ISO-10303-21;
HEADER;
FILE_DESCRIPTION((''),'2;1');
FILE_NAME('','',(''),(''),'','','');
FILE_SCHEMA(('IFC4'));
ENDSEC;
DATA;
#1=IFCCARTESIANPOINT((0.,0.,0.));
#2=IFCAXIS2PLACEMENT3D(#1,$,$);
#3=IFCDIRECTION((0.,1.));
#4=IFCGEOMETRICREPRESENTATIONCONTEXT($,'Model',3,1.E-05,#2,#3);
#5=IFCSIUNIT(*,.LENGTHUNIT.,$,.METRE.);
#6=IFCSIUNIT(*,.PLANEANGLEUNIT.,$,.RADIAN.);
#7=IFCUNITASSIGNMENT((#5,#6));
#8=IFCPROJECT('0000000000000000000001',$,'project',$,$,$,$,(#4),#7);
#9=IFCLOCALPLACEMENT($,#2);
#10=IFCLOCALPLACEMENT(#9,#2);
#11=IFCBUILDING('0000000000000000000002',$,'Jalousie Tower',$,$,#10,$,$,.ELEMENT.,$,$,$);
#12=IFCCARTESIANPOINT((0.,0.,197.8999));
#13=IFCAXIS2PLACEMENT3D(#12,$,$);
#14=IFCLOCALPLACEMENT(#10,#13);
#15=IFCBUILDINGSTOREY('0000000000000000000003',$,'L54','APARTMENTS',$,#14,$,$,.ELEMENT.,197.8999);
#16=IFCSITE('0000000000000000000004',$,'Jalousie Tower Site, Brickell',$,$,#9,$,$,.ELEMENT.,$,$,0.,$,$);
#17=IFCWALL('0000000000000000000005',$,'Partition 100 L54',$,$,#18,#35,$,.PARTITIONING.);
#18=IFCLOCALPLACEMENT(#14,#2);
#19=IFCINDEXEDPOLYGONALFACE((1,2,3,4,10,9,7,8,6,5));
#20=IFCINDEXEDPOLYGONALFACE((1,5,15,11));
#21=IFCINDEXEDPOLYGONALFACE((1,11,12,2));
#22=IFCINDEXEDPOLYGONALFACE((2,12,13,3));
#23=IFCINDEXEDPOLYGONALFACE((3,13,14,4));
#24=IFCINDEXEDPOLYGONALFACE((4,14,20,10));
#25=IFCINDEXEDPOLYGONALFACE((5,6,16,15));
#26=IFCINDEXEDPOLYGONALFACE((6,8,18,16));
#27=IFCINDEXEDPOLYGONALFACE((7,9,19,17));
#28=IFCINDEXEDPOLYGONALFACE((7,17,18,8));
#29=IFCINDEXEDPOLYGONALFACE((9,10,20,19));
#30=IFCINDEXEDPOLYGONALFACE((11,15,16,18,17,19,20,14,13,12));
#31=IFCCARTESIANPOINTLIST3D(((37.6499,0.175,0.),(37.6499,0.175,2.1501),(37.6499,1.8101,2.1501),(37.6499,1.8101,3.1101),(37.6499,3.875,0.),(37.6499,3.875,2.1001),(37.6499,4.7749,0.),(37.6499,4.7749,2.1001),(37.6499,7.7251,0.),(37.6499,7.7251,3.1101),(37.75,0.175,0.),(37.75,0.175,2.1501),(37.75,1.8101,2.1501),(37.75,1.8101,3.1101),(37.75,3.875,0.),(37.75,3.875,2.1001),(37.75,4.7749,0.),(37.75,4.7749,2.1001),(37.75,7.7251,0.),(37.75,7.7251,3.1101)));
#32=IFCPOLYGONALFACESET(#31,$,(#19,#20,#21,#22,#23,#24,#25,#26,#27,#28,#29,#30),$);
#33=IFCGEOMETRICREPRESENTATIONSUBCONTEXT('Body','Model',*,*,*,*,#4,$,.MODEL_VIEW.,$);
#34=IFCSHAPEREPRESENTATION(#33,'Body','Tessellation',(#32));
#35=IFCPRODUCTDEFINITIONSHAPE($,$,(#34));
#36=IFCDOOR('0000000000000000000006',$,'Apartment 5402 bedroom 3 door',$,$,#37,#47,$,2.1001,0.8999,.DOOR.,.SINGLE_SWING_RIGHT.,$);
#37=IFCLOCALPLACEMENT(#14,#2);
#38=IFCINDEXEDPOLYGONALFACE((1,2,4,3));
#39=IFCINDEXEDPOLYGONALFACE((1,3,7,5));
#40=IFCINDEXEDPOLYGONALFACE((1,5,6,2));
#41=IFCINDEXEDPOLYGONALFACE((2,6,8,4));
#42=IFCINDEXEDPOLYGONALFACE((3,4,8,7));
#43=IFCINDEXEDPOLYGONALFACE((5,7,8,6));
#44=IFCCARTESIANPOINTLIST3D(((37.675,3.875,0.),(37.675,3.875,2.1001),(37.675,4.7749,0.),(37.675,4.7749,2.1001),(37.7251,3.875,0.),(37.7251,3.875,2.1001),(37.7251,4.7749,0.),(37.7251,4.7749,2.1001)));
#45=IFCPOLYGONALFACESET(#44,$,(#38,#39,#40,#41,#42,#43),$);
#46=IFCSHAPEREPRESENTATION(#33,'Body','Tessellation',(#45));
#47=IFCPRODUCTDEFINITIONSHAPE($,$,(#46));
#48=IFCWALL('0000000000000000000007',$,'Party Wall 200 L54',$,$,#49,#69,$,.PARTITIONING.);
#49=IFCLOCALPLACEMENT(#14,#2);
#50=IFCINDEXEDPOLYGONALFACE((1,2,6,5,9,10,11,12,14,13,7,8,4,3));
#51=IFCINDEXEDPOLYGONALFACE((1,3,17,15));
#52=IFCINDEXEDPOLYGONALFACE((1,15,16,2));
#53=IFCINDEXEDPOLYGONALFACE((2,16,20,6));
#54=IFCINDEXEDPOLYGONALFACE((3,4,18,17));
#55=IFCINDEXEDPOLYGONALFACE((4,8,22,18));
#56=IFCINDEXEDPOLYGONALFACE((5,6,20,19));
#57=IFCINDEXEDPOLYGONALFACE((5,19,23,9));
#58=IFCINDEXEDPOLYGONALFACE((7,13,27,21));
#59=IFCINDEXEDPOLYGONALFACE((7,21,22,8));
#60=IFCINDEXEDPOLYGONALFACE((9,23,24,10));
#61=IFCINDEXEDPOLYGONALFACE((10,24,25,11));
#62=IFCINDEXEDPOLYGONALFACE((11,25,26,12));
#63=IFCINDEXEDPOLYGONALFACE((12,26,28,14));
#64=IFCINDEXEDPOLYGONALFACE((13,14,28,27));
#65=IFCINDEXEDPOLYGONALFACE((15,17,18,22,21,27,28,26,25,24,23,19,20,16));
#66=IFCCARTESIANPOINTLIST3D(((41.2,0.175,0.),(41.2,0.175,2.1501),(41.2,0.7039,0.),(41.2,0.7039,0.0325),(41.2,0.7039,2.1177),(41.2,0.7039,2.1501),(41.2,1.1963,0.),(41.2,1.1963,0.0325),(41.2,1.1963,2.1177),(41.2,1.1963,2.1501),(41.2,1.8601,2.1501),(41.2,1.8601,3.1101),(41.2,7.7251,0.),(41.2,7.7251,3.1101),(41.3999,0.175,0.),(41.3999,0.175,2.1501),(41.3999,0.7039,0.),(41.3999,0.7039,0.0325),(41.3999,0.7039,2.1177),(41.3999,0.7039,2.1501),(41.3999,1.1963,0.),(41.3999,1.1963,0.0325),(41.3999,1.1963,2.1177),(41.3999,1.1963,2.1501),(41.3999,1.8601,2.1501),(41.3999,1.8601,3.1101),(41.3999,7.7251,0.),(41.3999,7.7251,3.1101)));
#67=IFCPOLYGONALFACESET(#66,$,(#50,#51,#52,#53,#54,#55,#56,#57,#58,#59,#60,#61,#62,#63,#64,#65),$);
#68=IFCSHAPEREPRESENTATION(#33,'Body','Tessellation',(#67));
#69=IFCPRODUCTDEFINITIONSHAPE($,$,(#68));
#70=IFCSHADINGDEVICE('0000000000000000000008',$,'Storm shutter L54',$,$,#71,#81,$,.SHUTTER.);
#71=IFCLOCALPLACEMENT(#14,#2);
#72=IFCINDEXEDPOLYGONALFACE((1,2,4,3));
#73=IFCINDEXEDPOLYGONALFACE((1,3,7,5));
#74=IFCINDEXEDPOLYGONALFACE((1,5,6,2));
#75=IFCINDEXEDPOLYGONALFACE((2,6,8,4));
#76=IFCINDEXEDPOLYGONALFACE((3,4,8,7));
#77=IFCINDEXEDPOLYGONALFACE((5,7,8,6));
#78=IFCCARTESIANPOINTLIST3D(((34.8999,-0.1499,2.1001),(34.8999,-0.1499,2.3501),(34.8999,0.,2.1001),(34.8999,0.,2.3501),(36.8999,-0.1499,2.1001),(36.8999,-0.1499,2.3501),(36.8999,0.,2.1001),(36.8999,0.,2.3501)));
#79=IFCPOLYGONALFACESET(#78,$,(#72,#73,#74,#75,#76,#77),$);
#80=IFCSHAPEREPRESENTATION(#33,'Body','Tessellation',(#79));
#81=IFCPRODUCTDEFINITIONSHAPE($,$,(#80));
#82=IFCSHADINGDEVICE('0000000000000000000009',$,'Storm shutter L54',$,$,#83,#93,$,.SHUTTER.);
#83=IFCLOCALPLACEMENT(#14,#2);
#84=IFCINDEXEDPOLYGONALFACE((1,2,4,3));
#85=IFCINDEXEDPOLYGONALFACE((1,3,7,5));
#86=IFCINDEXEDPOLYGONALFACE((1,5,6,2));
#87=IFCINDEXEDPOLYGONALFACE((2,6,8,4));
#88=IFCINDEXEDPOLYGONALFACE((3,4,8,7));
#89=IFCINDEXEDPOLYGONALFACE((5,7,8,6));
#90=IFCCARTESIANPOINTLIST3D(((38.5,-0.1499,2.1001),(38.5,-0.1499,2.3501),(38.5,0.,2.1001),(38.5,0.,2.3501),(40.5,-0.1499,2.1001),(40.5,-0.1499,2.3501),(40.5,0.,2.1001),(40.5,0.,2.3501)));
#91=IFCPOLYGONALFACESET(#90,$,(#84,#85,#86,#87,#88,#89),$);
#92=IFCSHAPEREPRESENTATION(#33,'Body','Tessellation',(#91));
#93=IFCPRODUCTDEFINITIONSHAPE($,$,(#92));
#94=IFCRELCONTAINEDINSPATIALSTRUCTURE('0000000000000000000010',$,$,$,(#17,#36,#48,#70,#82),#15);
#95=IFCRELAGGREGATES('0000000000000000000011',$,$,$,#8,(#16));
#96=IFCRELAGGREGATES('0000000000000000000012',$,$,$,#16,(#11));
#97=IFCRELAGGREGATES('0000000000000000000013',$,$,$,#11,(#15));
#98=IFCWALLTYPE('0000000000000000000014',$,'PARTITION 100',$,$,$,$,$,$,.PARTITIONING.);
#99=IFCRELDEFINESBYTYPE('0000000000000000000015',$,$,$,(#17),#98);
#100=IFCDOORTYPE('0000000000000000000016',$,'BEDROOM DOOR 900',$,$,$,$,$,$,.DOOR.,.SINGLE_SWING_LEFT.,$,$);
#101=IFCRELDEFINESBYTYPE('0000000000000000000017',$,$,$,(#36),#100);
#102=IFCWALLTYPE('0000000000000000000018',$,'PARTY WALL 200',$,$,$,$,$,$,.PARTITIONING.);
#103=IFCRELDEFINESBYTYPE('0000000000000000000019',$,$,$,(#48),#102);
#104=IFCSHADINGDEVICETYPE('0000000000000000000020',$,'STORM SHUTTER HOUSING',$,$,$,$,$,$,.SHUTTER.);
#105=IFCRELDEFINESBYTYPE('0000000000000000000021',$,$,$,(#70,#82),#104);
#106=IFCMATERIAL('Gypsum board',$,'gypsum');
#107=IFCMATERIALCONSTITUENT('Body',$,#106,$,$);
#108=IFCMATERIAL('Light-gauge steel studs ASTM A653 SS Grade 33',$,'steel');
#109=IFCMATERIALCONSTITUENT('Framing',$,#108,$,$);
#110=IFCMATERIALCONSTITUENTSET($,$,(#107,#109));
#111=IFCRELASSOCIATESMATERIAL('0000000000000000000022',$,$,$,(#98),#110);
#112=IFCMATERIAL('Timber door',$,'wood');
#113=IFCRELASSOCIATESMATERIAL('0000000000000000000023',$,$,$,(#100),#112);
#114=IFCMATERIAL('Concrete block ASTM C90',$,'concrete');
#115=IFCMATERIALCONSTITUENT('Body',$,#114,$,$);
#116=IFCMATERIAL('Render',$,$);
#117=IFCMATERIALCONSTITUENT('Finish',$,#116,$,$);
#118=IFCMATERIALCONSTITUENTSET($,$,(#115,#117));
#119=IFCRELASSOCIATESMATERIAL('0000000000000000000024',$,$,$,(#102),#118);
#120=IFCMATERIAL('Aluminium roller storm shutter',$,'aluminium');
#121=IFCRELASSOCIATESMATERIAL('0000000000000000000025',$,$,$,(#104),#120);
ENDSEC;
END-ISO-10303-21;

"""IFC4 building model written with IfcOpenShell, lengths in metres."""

from ifc_helpers import new_model, si_unit, direction, frame, frame_2d, origin, origin_2d, place, context, subcontext, project, spatial, polyline, rectangle, outline, extrude, material, constituent, constituent_set, type_object, element, fill, save


model = new_model("IFC4")

# Units and contexts
model_context = context("Model", 3, precision=1e-05, world=origin(), true_north=direction((0.0, 1.0)))
body_context = subcontext(model_context, "Body", "Model", "MODEL_VIEW")
ifc_project = project(units=[si_unit("LENGTHUNIT", "METRE"), si_unit("PLANEANGLEUNIT", "RADIAN")], contexts=[model_context])

# Site, building, storey
site_placement = place(None, origin())
site = spatial("IfcSite", under=ifc_project, at=site_placement, Name="Jalousie Tower Site, Brickell", CompositionType="ELEMENT", RefElevation=0.0)
building_placement = place(site_placement, origin())
building = spatial("IfcBuilding", under=site, at=building_placement, Name="Jalousie Tower", CompositionType="ELEMENT")
storey_placement = place(building_placement, frame((0.0, 0.0, 197.8999)))
storey = spatial("IfcBuildingStorey", under=building, at=storey_placement, Name="L54", Description="APARTMENTS", CompositionType="ELEMENT", Elevation=197.8999)

# Wall, opening, door
ifc_material_1 = material(Name="Gypsum board", Category="gypsum")
ifc_constituent_1 = constituent(ifc_material_1, Name="Body")
ifc_material_2 = material(Name="Light-gauge steel studs ASTM A653 SS Grade 33", Category="steel")
ifc_constituent_2 = constituent(ifc_material_2, Name="Framing")
ifc_constituent_set_1 = constituent_set(constituents=[ifc_constituent_1, ifc_constituent_2])
wall_type_1 = type_object("IfcWallType", Name="PARTITION 100", PredefinedType="PARTITIONING", material=ifc_constituent_set_1)
ifc_material_3 = material(Name="Timber door", Category="wood")
door_type = type_object("IfcDoorType", Name="BEDROOM DOOR 900", OperationType="SINGLE_SWING_LEFT", PredefinedType="DOOR", material=ifc_material_3)
wall_1_placement = place(storey_placement, frame((37.7, 0.175, 0.0), z_axis=(0.0, 0.0, 1.0), x_axis=(0.0, 1.0, 0.0)))
wall_1 = element("IfcWall", 1, at=wall_1_placement, inside=storey, type_object=wall_type_1, Name="Partition 100 L54", PredefinedType="PARTITIONING", context=body_context, shape_type="SweptSolid", body=[
    extrude(outline(polyline([(0.0, 0.0), (7.55, 0.0), (7.55, 3.1101), (1.635, 3.1101), (1.635, 2.1501), (0.0, 2.1501), (0.0, 3.1101), (0.0, 0.0)])), frame((0.0, 0.05, 0.0), z_axis=(0.0, -1.0, 0.0), x_axis=(1.0, 0.0, 0.0)), (0.0, 0.0, 1.0), 0.1001),
])
opening_1_placement = place(wall_1_placement, frame((3.7, 0.0, 0.0)))
opening_1 = element("IfcOpeningElement", 2, at=opening_1_placement, cuts=wall_1, PredefinedType="OPENING", context=body_context, shape_type="SweptSolid", body=[
    extrude(rectangle(XDim=0.8999, YDim=2.1001, at=frame_2d((0.45, 1.05))), frame((0.0, 0.0601, 0.0), z_axis=(0.0, -1.0, 0.0), x_axis=(1.0, 0.0, 0.0)), (0.0, 0.0, 1.0), 0.1201),
])
door_1_placement = place(opening_1_placement, origin())
door_1 = element("IfcDoor", 3, at=door_1_placement, inside=storey, type_object=door_type, Name="Apartment 5402 bedroom 3 door", OperationType="SINGLE_SWING_RIGHT", OverallHeight=2.1001, OverallWidth=0.8999, PredefinedType="DOOR", context=body_context, shape_type="SweptSolid", body=[
    extrude(rectangle(XDim=0.8999, YDim=2.1001, at=frame_2d((0.45, 1.05))), frame((0.0, 0.0249, 0.0), z_axis=(0.0, -1.0, 0.0), x_axis=(1.0, 0.0, 0.0)), (0.0, 0.0, 1.0), 0.05),
])
fill(opening_1, door_1)

# Wall
ifc_material_4 = material(Name="Concrete block ASTM C90", Category="concrete")
ifc_constituent_3 = constituent(ifc_material_4, Name="Body")
ifc_material_5 = material(Name="Render")
ifc_constituent_4 = constituent(ifc_material_5, Name="Finish")
ifc_constituent_set_2 = constituent_set(constituents=[ifc_constituent_3, ifc_constituent_4])
wall_type_2 = type_object("IfcWallType", Name="PARTY WALL 200", PredefinedType="PARTITIONING", material=ifc_constituent_set_2)
wall_2_placement = place(storey_placement, frame((41.3, 0.175, 0.0), z_axis=(0.0, 0.0, 1.0), x_axis=(0.0, 1.0, 0.0)))
element("IfcWall", 4, at=wall_2_placement, inside=storey, type_object=wall_type_2, Name="Party Wall 200 L54", PredefinedType="PARTITIONING", context=body_context, shape_type="SweptSolid", body=[
    extrude(outline(polyline([(0.5288, 2.1501), (0.0, 2.1501), (0.0, 0.0), (0.5288, 0.0), (0.5288, 0.0325), (1.0212, 0.0325), (1.0212, 0.0), (7.55, 0.0), (7.55, 3.1101), (1.6851, 3.1101), (1.6851, 2.1501), (1.0212, 2.1501), (1.0212, 2.1177), (0.5288, 2.1177), (0.5288, 2.1501)])), frame((0.0, 0.1001, 0.0), z_axis=(0.0, -1.0, 0.0), x_axis=(1.0, 0.0, 0.0)), (0.0, 0.0, 1.0), 0.2),
])

# Shading devices
ifc_material_6 = material(Name="Aluminium roller storm shutter", Category="aluminium")
shading_device_type = type_object("IfcShadingDeviceType", Name="STORM SHUTTER HOUSING", PredefinedType="SHUTTER", material=ifc_material_6)
for number, where, z_axis, x_axis, name in (
    (5, (35.8999, -0.075, 2.1001), (0.0, 0.0, 1.0), (1.0, 0.0, 0.0), "Storm shutter L54"),
    (6, (39.5, -0.075, 2.1001), (0.0, 0.0, 1.0), (1.0, 0.0, 0.0), "Storm shutter L54"),
):
    element("IfcShadingDevice", number, at=place(storey_placement, frame(where, z_axis=z_axis, x_axis=x_axis)), inside=storey, type_object=shading_device_type, Name=name, PredefinedType="SHUTTER", context=body_context, shape_type="SweptSolid", body=[
        extrude(rectangle(XDim=2.0, YDim=0.1499, at=origin_2d()), origin(), (0.0, 0.0, 1.0), 0.25),
    ])

save(model, "model.ifc")
